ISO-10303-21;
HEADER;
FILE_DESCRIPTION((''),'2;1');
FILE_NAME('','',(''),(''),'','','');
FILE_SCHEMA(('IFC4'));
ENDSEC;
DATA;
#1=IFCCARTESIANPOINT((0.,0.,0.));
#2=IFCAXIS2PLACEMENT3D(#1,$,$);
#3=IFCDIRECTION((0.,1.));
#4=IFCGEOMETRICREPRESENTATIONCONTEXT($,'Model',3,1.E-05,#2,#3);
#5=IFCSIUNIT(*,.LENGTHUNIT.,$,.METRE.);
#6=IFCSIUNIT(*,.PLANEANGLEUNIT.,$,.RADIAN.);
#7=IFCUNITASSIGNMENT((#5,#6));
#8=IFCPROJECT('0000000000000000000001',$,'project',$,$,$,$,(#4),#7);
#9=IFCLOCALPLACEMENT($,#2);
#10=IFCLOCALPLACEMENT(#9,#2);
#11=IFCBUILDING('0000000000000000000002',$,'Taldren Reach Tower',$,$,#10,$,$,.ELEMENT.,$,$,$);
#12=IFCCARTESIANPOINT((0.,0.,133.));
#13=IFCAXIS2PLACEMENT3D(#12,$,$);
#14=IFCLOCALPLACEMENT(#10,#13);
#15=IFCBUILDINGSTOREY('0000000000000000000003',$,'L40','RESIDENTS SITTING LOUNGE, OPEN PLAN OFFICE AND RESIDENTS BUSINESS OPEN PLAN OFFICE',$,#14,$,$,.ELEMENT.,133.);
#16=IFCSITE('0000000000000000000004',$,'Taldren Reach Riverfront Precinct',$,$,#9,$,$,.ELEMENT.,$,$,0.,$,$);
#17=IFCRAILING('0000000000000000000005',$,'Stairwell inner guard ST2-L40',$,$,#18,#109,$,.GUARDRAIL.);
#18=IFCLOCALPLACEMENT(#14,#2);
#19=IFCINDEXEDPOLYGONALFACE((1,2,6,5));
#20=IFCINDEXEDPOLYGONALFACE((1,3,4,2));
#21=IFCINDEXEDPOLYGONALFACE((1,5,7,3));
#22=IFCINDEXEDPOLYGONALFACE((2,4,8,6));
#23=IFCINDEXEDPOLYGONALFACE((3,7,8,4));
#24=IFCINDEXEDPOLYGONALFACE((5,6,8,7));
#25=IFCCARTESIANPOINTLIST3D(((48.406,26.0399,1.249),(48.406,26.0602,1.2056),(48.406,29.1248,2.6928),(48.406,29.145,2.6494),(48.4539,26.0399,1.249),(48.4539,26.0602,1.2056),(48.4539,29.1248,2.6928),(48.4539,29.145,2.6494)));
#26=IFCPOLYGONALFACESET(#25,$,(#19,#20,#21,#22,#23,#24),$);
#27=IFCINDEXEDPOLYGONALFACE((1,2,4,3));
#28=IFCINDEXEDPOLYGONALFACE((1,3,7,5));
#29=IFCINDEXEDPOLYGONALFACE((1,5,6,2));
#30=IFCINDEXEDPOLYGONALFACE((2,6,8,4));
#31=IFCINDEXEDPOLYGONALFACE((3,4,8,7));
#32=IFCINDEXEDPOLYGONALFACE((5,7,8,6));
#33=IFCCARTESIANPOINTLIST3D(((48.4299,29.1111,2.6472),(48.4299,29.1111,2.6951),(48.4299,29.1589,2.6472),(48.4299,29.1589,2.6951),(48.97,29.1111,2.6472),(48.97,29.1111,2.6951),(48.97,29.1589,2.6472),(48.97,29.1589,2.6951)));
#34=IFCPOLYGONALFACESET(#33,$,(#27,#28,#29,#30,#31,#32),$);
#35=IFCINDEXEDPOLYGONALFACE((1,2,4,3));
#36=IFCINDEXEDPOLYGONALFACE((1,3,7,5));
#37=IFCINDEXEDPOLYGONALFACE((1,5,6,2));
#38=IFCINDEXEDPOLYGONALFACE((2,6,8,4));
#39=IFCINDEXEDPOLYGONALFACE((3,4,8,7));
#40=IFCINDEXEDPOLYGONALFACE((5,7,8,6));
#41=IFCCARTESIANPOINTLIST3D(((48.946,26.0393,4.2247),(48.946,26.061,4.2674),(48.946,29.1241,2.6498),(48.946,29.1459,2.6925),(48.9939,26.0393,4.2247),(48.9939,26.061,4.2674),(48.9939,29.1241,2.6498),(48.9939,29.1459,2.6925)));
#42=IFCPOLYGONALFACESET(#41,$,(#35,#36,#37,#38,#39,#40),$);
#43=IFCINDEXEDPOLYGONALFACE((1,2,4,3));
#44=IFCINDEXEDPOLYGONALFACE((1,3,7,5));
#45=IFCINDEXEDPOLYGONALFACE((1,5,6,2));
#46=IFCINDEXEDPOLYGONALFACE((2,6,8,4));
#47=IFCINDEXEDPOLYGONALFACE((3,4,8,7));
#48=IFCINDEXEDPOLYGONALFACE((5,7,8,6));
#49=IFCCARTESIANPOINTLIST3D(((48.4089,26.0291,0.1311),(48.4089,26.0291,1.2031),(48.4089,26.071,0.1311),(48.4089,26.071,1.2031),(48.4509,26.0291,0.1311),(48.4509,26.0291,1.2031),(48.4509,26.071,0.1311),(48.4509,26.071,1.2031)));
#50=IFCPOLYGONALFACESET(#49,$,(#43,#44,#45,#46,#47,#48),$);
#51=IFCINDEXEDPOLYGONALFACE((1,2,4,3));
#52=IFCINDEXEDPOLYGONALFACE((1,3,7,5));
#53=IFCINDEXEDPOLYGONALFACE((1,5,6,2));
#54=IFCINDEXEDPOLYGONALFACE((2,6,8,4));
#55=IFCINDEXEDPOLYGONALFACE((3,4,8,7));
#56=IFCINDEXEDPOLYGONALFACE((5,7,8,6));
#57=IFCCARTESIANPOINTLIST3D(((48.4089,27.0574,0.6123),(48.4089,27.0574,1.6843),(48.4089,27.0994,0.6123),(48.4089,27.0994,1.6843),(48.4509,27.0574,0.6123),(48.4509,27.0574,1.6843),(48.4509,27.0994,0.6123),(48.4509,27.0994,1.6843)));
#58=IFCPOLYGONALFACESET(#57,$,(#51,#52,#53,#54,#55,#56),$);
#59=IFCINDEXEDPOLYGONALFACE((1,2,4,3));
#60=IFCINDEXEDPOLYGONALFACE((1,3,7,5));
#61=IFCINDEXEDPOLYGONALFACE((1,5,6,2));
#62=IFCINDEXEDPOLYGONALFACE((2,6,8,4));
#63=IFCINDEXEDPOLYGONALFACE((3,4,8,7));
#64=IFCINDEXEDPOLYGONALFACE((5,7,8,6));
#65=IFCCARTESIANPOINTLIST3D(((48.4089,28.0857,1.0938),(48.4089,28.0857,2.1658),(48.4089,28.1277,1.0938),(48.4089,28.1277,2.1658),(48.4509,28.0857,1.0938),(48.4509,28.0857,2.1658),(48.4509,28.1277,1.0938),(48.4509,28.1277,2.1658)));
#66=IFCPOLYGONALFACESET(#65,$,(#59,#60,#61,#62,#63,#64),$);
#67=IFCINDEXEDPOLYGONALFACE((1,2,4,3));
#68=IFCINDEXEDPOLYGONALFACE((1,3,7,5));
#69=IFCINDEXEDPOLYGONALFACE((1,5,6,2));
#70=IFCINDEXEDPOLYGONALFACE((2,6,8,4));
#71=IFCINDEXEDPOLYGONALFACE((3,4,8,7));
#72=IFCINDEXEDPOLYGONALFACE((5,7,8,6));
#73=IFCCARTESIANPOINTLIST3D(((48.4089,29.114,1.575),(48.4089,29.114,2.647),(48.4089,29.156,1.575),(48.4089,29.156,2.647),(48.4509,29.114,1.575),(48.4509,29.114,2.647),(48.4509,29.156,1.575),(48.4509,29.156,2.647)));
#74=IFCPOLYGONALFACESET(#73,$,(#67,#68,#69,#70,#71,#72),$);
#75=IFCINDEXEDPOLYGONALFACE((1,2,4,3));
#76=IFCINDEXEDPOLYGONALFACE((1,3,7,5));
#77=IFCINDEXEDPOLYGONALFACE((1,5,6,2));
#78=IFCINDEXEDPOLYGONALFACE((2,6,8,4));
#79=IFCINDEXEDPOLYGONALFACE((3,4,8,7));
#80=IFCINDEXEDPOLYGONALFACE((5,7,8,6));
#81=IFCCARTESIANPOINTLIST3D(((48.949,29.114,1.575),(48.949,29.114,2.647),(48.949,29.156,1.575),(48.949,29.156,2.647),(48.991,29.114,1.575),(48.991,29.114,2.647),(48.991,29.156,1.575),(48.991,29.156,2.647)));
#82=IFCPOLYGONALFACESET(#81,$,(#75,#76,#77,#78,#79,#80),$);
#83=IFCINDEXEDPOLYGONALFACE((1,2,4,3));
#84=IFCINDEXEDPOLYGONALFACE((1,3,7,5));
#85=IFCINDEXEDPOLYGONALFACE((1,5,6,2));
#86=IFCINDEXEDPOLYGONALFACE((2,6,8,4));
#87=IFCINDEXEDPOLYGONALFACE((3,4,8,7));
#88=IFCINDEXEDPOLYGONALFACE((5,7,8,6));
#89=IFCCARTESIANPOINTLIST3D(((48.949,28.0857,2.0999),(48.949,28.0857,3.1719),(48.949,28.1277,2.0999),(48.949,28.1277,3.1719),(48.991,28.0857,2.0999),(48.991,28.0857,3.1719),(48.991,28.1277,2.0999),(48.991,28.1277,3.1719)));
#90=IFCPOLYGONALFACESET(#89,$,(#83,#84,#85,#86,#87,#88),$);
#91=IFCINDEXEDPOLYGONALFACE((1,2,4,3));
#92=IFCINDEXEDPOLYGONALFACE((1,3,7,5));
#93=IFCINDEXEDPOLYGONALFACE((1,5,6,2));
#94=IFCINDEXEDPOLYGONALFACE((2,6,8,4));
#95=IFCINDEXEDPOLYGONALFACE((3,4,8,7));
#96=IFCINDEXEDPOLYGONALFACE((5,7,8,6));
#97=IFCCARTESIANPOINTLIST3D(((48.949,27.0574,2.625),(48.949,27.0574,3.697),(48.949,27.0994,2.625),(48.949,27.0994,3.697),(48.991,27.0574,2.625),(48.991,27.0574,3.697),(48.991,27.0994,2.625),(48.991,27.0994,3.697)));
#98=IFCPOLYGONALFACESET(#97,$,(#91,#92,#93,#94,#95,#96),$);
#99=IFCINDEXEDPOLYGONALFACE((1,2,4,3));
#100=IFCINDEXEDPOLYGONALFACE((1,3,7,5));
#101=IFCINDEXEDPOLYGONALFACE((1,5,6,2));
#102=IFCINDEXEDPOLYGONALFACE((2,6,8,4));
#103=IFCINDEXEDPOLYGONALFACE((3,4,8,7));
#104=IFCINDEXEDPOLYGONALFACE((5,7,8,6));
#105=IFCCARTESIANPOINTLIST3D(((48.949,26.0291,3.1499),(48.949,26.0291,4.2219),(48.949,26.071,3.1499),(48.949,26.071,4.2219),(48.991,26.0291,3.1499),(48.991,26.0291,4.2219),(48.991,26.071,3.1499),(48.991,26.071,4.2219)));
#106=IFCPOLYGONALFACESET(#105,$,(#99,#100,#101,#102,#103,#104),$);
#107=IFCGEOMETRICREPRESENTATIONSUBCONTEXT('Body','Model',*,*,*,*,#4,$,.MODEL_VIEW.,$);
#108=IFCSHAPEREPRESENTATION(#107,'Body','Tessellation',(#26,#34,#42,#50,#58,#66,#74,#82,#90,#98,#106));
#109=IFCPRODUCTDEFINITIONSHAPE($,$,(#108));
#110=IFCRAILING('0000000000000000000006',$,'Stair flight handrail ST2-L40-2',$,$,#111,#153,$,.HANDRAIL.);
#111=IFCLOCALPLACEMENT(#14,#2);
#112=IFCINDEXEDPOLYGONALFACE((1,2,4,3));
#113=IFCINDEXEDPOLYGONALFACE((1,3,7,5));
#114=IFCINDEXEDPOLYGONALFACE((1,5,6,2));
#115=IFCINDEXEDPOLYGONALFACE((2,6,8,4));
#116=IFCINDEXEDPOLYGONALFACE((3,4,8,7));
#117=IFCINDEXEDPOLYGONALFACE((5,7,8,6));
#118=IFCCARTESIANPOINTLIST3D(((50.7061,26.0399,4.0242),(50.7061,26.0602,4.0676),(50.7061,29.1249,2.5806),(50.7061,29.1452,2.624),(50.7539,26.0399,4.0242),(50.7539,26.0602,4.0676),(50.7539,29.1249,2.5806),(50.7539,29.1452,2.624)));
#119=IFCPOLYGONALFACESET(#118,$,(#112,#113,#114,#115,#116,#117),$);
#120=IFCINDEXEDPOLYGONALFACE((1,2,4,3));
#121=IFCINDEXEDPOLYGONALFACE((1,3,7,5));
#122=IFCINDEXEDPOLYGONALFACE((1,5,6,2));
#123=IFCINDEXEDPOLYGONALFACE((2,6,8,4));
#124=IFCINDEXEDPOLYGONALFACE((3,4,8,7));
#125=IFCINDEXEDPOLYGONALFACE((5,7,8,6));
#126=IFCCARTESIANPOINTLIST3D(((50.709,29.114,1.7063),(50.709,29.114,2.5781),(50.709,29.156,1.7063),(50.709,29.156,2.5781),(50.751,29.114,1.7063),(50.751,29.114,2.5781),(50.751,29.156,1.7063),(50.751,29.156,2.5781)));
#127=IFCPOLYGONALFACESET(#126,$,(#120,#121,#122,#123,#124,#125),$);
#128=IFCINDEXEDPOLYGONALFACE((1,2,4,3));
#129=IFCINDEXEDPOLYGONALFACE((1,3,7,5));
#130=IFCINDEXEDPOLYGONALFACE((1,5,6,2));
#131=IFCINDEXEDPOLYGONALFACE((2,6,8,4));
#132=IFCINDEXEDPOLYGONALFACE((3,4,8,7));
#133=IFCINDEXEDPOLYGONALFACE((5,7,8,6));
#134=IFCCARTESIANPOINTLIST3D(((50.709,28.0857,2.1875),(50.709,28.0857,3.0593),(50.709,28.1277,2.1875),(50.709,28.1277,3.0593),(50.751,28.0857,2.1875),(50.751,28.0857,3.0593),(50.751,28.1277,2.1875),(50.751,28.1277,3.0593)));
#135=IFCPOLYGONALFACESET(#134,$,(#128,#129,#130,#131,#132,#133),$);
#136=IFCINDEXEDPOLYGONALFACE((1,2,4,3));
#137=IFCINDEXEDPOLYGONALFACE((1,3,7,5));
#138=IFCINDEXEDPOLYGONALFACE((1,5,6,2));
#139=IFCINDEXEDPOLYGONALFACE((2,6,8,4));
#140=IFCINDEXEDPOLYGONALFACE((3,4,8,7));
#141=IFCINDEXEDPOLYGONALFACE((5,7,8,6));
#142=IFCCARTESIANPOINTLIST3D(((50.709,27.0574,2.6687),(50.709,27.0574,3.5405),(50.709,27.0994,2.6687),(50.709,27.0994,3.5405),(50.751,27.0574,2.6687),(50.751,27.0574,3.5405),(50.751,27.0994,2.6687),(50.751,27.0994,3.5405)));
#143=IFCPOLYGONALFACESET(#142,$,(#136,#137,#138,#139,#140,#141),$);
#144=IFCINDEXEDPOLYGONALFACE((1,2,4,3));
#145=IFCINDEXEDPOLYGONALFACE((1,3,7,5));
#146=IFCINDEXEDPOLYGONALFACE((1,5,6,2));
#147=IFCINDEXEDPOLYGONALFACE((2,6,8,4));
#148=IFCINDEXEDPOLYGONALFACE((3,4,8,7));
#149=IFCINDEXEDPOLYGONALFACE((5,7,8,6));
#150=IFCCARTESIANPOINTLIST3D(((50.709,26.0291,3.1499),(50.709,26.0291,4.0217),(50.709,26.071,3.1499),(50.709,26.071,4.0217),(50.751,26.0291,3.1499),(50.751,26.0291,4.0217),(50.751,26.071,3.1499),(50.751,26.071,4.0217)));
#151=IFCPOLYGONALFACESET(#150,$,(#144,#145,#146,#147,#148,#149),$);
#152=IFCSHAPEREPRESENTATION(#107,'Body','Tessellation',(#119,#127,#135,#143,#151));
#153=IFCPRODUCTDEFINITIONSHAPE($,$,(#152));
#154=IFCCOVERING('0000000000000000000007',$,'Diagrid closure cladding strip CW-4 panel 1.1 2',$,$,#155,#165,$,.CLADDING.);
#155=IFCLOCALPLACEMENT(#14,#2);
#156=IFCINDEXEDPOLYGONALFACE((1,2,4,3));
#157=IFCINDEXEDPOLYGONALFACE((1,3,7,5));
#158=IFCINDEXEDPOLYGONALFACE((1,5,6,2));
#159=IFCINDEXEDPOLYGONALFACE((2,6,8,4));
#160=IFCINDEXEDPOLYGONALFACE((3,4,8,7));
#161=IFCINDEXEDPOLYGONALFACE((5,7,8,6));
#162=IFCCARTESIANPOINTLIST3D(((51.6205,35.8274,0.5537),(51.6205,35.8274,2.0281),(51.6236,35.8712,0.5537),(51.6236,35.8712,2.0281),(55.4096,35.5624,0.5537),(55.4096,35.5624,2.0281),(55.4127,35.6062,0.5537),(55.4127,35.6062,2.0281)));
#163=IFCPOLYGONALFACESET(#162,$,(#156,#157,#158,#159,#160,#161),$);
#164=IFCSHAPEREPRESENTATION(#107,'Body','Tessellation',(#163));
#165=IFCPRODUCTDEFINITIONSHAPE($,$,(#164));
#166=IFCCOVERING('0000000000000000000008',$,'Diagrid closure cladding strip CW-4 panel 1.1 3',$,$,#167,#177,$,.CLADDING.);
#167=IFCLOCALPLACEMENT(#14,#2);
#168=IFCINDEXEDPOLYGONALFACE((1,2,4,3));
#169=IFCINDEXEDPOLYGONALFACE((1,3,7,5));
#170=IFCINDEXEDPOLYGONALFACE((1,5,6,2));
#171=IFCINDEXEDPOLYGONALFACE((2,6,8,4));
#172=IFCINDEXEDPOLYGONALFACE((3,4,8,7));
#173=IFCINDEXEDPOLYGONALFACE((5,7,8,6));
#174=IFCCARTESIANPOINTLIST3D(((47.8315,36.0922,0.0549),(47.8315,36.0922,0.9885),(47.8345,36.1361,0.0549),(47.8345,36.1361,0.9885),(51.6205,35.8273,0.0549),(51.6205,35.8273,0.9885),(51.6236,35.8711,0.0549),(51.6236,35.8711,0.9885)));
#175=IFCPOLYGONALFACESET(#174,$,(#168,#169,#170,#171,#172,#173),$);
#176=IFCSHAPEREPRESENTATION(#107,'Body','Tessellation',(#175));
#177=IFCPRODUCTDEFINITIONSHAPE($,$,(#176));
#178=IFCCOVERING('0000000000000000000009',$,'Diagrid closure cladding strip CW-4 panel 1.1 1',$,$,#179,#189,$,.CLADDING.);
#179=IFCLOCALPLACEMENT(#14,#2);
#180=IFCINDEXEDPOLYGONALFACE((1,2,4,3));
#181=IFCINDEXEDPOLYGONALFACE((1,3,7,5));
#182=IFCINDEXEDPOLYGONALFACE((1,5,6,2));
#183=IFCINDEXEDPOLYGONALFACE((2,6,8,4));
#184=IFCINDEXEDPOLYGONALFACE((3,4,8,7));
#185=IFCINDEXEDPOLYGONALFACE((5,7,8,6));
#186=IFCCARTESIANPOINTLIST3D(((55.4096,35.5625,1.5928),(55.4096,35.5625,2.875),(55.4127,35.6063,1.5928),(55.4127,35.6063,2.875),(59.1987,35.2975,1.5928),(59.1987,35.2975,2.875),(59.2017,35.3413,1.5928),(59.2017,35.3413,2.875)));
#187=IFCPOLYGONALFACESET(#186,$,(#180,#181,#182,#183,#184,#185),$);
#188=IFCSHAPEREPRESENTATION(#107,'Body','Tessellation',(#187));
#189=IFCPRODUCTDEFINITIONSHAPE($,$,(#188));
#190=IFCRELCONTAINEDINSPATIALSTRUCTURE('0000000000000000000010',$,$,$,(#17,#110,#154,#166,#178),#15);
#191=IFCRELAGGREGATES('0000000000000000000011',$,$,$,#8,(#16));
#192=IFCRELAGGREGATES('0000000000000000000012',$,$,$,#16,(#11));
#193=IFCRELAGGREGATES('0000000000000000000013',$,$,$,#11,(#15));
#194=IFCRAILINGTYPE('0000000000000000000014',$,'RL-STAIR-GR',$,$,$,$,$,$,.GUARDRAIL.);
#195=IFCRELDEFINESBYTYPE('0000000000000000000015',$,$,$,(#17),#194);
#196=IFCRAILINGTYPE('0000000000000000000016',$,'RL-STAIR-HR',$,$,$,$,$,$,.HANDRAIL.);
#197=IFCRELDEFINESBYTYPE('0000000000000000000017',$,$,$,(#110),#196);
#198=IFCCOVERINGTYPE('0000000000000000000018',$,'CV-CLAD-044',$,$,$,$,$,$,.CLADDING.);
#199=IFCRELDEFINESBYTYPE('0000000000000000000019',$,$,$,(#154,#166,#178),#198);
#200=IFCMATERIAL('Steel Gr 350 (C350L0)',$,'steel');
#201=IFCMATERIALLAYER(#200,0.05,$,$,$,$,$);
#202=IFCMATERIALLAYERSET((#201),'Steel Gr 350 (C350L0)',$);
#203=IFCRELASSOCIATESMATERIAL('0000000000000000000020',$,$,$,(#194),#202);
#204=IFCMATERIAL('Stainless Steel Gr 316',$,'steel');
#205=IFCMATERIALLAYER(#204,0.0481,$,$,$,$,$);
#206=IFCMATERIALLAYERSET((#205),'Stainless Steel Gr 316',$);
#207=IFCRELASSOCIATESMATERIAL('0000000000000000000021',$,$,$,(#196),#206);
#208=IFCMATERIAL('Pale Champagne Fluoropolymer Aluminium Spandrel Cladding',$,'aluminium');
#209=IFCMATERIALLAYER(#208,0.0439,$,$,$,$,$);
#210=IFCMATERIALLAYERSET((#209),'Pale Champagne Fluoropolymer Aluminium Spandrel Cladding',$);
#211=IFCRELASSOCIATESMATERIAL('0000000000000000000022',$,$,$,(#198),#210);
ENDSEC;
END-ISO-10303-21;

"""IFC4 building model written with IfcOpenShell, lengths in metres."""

from ifc_helpers import new_model, si_unit, direction, frame, origin, origin_2d, place, context, subcontext, project, spatial, rectangle, extrude, source, transform, mapped, material, layer, layer_set, type_object, element, save


model = new_model("IFC4")

# Units and contexts
model_context = context("Model", 3, precision=1e-05, world=origin(), true_north=direction((0.0, 1.0)))
body_context = subcontext(model_context, "Body", "Model", "MODEL_VIEW")
ifc_project = project(units=[si_unit("LENGTHUNIT", "METRE"), si_unit("PLANEANGLEUNIT", "RADIAN")], contexts=[model_context])

# Site, building, storey
site_placement = place(None, origin())
site = spatial("IfcSite", under=ifc_project, at=site_placement, Name="Taldren Reach Riverfront Precinct", CompositionType="ELEMENT", RefElevation=0.0)
building_placement = place(site_placement, origin())
building = spatial("IfcBuilding", under=site, at=building_placement, Name="Taldren Reach Tower", CompositionType="ELEMENT")
storey_placement = place(building_placement, frame((0.0, 0.0, 133.0)))
storey = spatial("IfcBuildingStorey", under=building, at=storey_placement, Name="L40", Description="RESIDENTS SITTING LOUNGE, OPEN PLAN OFFICE AND RESIDENTS BUSINESS OPEN PLAN OFFICE", CompositionType="ELEMENT", Elevation=133.0)

# Shared definitions
ifc_material_1 = material(Name="Steel Gr 350 (C350L0)", Category="steel")

# Railings
ifc_layer_1 = layer(ifc_material_1, 0.05)
ifc_layer_set_1 = layer_set([ifc_layer_1], Name="Steel Gr 350 (C350L0)")
railing_type_1 = type_object("IfcRailingType", Name="RL-STAIR-GR", PredefinedType="GUARDRAIL", material=ifc_layer_set_1)
railing_1_placement = place(storey_placement, frame((48.4299, 26.05, 0.1311)))
element("IfcRailing", 1, at=railing_1_placement, inside=storey, type_object=railing_type_1, Name="Stairwell inner guard ST2-L40", PredefinedType="GUARDRAIL", context=body_context, shape_type="SweptSolid", body=[
    extrude(rectangle(XDim=0.0479, YDim=0.0479, at=origin_2d()), frame((0.0, 0.0, 1.0962), z_axis=(0.0, 0.90571, 0.423898), x_axis=(-1.0, 0.0, 0.0)), (0.0, 0.0, 1.0), 3.406),
    extrude(rectangle(XDim=0.0479, YDim=0.0479, at=origin_2d()), frame((0.0, 3.085, 2.54), z_axis=(1.0, 0.0, 0.0), x_axis=(0.0, 1.0, 0.0)), (0.0, 0.0, 1.0), 0.54),
    extrude(rectangle(XDim=0.0479, YDim=0.0479, at=origin_2d()), frame((0.54, 3.085, 2.54), z_axis=(0.0, -0.890646, 0.454697), x_axis=(1.0, 0.0, 0.0)), (0.0, 0.0, 1.0), 3.4636),
    extrude(rectangle(XDim=0.042, YDim=0.042, at=origin_2d()), origin(), (0.0, 0.0, 1.0), 1.072),
    extrude(rectangle(XDim=0.042, YDim=0.042, at=origin_2d()), frame((0.0, 1.0283, 0.4812)), (0.0, 0.0, 1.0), 1.072),
    extrude(rectangle(XDim=0.042, YDim=0.042, at=origin_2d()), frame((0.0, 2.0566, 0.9626)), (0.0, 0.0, 1.0), 1.072),
    extrude(rectangle(XDim=0.042, YDim=0.042, at=origin_2d()), frame((0.0, 3.085, 1.4438)), (0.0, 0.0, 1.0), 1.072),
    extrude(rectangle(XDim=0.042, YDim=0.042, at=origin_2d()), frame((0.54, 3.085, 1.4438)), (0.0, 0.0, 1.0), 1.072),
    extrude(rectangle(XDim=0.042, YDim=0.042, at=origin_2d()), frame((0.54, 2.0566, 1.9688)), (0.0, 0.0, 1.0), 1.072),
    extrude(rectangle(XDim=0.042, YDim=0.042, at=origin_2d()), frame((0.54, 1.0283, 2.4939)), (0.0, 0.0, 1.0), 1.072),
    extrude(rectangle(XDim=0.042, YDim=0.042, at=origin_2d()), frame((0.54, 0.0, 3.0188)), (0.0, 0.0, 1.0), 1.072),
])
ifc_material_2 = material(Name="Stainless Steel Gr 316", Category="steel")
ifc_layer_2 = layer(ifc_material_2, 0.0481)
ifc_layer_set_2 = layer_set([ifc_layer_2], Name="Stainless Steel Gr 316")
railing_type_2 = type_object("IfcRailingType", Name="RL-STAIR-HR", PredefinedType="HANDRAIL", material=ifc_layer_set_2)
railing_2_placement = place(storey_placement, frame((50.73, 29.135, 1.7063)))
element("IfcRailing", 2, at=railing_2_placement, inside=storey, type_object=railing_type_2, Name="Stair flight handrail ST2-L40-2", PredefinedType="HANDRAIL", context=body_context, shape_type="SweptSolid", body=[
    extrude(rectangle(XDim=0.0479, YDim=0.0479, at=origin_2d()), frame((0.0, 0.0, 0.896), z_axis=(0.0, -0.905738, 0.423839), x_axis=(1.0, 0.0, 0.0)), (0.0, 0.0, 1.0), 3.406),
    extrude(rectangle(XDim=0.042, YDim=0.042, at=origin_2d()), origin(), (0.0, 0.0, 1.0), 0.8718),
    extrude(rectangle(XDim=0.042, YDim=0.042, at=origin_2d()), frame((0.0, -1.0283, 0.4812)), (0.0, 0.0, 1.0), 0.8718),
    extrude(rectangle(XDim=0.042, YDim=0.042, at=origin_2d()), frame((0.0, -2.0566, 0.9624)), (0.0, 0.0, 1.0), 0.8718),
    extrude(rectangle(XDim=0.042, YDim=0.042, at=origin_2d()), frame((0.0, -3.085, 1.4436)), (0.0, 0.0, 1.0), 0.8718),
])

# Coverings
ifc_material_3 = material(Name="Pale Champagne Fluoropolymer Aluminium Spandrel Cladding", Category="aluminium")
ifc_layer_3 = layer(ifc_material_3, 0.0439)
ifc_layer_set_3 = layer_set([ifc_layer_3], Name="Pale Champagne Fluoropolymer Aluminium Spandrel Cladding")
covering_type = type_object("IfcCoveringType", Name="CV-CLAD-044", PredefinedType="CLADDING", material=ifc_layer_set_3)
shared_shape_1 = source(origin(), body_context, "Body", "SweptSolid", [
    extrude(rectangle(XDim=3.7983, YDim=0.0439, at=origin_2d()), origin(), (0.0, 0.0, 1.0), 1.4744),
])
covering_1_placement = place(storey_placement, frame((53.5166, 35.7168, 0.5537), z_axis=(0.0, 0.0, 1.0), x_axis=(-0.997564, 0.069757, 0.0)))
element("IfcCovering", 3, at=covering_1_placement, inside=storey, type_object=covering_type, Name="Diagrid closure cladding strip CW-4 panel 1.1 2", PredefinedType="CLADDING", context=body_context, shape_type="MappedRepresentation", body=[
    mapped(shared_shape_1, transform((0.0, 0.0, 0.0), scale=1.0)),
])
shared_shape_2 = source(origin(), body_context, "Body", "SweptSolid", [
    extrude(rectangle(XDim=3.7983, YDim=0.0439, at=origin_2d()), origin(), (0.0, 0.0, 1.0), 0.9336),
])
covering_2_placement = place(storey_placement, frame((49.7275, 35.9817, 0.0549), z_axis=(0.0, 0.0, 1.0), x_axis=(-0.997564, 0.069757, 0.0)))
element("IfcCovering", 4, at=covering_2_placement, inside=storey, type_object=covering_type, Name="Diagrid closure cladding strip CW-4 panel 1.1 3", PredefinedType="CLADDING", context=body_context, shape_type="MappedRepresentation", body=[
    mapped(shared_shape_2, transform((0.0, 0.0, 0.0), scale=1.0)),
])
shared_shape_3 = source(origin(), body_context, "Body", "SweptSolid", [
    extrude(rectangle(XDim=3.7983, YDim=0.0439, at=origin_2d()), origin(), (0.0, 0.0, 1.0), 1.2822),
])
covering_3_placement = place(storey_placement, frame((57.3057, 35.4519, 1.5928), z_axis=(0.0, 0.0, 1.0), x_axis=(-0.997564, 0.069757, 0.0)))
element("IfcCovering", 5, at=covering_3_placement, inside=storey, type_object=covering_type, Name="Diagrid closure cladding strip CW-4 panel 1.1 1", PredefinedType="CLADDING", context=body_context, shape_type="MappedRepresentation", body=[
    mapped(shared_shape_3, transform((0.0, 0.0, 0.0), scale=1.0)),
])

save(model, "model.ifc")
